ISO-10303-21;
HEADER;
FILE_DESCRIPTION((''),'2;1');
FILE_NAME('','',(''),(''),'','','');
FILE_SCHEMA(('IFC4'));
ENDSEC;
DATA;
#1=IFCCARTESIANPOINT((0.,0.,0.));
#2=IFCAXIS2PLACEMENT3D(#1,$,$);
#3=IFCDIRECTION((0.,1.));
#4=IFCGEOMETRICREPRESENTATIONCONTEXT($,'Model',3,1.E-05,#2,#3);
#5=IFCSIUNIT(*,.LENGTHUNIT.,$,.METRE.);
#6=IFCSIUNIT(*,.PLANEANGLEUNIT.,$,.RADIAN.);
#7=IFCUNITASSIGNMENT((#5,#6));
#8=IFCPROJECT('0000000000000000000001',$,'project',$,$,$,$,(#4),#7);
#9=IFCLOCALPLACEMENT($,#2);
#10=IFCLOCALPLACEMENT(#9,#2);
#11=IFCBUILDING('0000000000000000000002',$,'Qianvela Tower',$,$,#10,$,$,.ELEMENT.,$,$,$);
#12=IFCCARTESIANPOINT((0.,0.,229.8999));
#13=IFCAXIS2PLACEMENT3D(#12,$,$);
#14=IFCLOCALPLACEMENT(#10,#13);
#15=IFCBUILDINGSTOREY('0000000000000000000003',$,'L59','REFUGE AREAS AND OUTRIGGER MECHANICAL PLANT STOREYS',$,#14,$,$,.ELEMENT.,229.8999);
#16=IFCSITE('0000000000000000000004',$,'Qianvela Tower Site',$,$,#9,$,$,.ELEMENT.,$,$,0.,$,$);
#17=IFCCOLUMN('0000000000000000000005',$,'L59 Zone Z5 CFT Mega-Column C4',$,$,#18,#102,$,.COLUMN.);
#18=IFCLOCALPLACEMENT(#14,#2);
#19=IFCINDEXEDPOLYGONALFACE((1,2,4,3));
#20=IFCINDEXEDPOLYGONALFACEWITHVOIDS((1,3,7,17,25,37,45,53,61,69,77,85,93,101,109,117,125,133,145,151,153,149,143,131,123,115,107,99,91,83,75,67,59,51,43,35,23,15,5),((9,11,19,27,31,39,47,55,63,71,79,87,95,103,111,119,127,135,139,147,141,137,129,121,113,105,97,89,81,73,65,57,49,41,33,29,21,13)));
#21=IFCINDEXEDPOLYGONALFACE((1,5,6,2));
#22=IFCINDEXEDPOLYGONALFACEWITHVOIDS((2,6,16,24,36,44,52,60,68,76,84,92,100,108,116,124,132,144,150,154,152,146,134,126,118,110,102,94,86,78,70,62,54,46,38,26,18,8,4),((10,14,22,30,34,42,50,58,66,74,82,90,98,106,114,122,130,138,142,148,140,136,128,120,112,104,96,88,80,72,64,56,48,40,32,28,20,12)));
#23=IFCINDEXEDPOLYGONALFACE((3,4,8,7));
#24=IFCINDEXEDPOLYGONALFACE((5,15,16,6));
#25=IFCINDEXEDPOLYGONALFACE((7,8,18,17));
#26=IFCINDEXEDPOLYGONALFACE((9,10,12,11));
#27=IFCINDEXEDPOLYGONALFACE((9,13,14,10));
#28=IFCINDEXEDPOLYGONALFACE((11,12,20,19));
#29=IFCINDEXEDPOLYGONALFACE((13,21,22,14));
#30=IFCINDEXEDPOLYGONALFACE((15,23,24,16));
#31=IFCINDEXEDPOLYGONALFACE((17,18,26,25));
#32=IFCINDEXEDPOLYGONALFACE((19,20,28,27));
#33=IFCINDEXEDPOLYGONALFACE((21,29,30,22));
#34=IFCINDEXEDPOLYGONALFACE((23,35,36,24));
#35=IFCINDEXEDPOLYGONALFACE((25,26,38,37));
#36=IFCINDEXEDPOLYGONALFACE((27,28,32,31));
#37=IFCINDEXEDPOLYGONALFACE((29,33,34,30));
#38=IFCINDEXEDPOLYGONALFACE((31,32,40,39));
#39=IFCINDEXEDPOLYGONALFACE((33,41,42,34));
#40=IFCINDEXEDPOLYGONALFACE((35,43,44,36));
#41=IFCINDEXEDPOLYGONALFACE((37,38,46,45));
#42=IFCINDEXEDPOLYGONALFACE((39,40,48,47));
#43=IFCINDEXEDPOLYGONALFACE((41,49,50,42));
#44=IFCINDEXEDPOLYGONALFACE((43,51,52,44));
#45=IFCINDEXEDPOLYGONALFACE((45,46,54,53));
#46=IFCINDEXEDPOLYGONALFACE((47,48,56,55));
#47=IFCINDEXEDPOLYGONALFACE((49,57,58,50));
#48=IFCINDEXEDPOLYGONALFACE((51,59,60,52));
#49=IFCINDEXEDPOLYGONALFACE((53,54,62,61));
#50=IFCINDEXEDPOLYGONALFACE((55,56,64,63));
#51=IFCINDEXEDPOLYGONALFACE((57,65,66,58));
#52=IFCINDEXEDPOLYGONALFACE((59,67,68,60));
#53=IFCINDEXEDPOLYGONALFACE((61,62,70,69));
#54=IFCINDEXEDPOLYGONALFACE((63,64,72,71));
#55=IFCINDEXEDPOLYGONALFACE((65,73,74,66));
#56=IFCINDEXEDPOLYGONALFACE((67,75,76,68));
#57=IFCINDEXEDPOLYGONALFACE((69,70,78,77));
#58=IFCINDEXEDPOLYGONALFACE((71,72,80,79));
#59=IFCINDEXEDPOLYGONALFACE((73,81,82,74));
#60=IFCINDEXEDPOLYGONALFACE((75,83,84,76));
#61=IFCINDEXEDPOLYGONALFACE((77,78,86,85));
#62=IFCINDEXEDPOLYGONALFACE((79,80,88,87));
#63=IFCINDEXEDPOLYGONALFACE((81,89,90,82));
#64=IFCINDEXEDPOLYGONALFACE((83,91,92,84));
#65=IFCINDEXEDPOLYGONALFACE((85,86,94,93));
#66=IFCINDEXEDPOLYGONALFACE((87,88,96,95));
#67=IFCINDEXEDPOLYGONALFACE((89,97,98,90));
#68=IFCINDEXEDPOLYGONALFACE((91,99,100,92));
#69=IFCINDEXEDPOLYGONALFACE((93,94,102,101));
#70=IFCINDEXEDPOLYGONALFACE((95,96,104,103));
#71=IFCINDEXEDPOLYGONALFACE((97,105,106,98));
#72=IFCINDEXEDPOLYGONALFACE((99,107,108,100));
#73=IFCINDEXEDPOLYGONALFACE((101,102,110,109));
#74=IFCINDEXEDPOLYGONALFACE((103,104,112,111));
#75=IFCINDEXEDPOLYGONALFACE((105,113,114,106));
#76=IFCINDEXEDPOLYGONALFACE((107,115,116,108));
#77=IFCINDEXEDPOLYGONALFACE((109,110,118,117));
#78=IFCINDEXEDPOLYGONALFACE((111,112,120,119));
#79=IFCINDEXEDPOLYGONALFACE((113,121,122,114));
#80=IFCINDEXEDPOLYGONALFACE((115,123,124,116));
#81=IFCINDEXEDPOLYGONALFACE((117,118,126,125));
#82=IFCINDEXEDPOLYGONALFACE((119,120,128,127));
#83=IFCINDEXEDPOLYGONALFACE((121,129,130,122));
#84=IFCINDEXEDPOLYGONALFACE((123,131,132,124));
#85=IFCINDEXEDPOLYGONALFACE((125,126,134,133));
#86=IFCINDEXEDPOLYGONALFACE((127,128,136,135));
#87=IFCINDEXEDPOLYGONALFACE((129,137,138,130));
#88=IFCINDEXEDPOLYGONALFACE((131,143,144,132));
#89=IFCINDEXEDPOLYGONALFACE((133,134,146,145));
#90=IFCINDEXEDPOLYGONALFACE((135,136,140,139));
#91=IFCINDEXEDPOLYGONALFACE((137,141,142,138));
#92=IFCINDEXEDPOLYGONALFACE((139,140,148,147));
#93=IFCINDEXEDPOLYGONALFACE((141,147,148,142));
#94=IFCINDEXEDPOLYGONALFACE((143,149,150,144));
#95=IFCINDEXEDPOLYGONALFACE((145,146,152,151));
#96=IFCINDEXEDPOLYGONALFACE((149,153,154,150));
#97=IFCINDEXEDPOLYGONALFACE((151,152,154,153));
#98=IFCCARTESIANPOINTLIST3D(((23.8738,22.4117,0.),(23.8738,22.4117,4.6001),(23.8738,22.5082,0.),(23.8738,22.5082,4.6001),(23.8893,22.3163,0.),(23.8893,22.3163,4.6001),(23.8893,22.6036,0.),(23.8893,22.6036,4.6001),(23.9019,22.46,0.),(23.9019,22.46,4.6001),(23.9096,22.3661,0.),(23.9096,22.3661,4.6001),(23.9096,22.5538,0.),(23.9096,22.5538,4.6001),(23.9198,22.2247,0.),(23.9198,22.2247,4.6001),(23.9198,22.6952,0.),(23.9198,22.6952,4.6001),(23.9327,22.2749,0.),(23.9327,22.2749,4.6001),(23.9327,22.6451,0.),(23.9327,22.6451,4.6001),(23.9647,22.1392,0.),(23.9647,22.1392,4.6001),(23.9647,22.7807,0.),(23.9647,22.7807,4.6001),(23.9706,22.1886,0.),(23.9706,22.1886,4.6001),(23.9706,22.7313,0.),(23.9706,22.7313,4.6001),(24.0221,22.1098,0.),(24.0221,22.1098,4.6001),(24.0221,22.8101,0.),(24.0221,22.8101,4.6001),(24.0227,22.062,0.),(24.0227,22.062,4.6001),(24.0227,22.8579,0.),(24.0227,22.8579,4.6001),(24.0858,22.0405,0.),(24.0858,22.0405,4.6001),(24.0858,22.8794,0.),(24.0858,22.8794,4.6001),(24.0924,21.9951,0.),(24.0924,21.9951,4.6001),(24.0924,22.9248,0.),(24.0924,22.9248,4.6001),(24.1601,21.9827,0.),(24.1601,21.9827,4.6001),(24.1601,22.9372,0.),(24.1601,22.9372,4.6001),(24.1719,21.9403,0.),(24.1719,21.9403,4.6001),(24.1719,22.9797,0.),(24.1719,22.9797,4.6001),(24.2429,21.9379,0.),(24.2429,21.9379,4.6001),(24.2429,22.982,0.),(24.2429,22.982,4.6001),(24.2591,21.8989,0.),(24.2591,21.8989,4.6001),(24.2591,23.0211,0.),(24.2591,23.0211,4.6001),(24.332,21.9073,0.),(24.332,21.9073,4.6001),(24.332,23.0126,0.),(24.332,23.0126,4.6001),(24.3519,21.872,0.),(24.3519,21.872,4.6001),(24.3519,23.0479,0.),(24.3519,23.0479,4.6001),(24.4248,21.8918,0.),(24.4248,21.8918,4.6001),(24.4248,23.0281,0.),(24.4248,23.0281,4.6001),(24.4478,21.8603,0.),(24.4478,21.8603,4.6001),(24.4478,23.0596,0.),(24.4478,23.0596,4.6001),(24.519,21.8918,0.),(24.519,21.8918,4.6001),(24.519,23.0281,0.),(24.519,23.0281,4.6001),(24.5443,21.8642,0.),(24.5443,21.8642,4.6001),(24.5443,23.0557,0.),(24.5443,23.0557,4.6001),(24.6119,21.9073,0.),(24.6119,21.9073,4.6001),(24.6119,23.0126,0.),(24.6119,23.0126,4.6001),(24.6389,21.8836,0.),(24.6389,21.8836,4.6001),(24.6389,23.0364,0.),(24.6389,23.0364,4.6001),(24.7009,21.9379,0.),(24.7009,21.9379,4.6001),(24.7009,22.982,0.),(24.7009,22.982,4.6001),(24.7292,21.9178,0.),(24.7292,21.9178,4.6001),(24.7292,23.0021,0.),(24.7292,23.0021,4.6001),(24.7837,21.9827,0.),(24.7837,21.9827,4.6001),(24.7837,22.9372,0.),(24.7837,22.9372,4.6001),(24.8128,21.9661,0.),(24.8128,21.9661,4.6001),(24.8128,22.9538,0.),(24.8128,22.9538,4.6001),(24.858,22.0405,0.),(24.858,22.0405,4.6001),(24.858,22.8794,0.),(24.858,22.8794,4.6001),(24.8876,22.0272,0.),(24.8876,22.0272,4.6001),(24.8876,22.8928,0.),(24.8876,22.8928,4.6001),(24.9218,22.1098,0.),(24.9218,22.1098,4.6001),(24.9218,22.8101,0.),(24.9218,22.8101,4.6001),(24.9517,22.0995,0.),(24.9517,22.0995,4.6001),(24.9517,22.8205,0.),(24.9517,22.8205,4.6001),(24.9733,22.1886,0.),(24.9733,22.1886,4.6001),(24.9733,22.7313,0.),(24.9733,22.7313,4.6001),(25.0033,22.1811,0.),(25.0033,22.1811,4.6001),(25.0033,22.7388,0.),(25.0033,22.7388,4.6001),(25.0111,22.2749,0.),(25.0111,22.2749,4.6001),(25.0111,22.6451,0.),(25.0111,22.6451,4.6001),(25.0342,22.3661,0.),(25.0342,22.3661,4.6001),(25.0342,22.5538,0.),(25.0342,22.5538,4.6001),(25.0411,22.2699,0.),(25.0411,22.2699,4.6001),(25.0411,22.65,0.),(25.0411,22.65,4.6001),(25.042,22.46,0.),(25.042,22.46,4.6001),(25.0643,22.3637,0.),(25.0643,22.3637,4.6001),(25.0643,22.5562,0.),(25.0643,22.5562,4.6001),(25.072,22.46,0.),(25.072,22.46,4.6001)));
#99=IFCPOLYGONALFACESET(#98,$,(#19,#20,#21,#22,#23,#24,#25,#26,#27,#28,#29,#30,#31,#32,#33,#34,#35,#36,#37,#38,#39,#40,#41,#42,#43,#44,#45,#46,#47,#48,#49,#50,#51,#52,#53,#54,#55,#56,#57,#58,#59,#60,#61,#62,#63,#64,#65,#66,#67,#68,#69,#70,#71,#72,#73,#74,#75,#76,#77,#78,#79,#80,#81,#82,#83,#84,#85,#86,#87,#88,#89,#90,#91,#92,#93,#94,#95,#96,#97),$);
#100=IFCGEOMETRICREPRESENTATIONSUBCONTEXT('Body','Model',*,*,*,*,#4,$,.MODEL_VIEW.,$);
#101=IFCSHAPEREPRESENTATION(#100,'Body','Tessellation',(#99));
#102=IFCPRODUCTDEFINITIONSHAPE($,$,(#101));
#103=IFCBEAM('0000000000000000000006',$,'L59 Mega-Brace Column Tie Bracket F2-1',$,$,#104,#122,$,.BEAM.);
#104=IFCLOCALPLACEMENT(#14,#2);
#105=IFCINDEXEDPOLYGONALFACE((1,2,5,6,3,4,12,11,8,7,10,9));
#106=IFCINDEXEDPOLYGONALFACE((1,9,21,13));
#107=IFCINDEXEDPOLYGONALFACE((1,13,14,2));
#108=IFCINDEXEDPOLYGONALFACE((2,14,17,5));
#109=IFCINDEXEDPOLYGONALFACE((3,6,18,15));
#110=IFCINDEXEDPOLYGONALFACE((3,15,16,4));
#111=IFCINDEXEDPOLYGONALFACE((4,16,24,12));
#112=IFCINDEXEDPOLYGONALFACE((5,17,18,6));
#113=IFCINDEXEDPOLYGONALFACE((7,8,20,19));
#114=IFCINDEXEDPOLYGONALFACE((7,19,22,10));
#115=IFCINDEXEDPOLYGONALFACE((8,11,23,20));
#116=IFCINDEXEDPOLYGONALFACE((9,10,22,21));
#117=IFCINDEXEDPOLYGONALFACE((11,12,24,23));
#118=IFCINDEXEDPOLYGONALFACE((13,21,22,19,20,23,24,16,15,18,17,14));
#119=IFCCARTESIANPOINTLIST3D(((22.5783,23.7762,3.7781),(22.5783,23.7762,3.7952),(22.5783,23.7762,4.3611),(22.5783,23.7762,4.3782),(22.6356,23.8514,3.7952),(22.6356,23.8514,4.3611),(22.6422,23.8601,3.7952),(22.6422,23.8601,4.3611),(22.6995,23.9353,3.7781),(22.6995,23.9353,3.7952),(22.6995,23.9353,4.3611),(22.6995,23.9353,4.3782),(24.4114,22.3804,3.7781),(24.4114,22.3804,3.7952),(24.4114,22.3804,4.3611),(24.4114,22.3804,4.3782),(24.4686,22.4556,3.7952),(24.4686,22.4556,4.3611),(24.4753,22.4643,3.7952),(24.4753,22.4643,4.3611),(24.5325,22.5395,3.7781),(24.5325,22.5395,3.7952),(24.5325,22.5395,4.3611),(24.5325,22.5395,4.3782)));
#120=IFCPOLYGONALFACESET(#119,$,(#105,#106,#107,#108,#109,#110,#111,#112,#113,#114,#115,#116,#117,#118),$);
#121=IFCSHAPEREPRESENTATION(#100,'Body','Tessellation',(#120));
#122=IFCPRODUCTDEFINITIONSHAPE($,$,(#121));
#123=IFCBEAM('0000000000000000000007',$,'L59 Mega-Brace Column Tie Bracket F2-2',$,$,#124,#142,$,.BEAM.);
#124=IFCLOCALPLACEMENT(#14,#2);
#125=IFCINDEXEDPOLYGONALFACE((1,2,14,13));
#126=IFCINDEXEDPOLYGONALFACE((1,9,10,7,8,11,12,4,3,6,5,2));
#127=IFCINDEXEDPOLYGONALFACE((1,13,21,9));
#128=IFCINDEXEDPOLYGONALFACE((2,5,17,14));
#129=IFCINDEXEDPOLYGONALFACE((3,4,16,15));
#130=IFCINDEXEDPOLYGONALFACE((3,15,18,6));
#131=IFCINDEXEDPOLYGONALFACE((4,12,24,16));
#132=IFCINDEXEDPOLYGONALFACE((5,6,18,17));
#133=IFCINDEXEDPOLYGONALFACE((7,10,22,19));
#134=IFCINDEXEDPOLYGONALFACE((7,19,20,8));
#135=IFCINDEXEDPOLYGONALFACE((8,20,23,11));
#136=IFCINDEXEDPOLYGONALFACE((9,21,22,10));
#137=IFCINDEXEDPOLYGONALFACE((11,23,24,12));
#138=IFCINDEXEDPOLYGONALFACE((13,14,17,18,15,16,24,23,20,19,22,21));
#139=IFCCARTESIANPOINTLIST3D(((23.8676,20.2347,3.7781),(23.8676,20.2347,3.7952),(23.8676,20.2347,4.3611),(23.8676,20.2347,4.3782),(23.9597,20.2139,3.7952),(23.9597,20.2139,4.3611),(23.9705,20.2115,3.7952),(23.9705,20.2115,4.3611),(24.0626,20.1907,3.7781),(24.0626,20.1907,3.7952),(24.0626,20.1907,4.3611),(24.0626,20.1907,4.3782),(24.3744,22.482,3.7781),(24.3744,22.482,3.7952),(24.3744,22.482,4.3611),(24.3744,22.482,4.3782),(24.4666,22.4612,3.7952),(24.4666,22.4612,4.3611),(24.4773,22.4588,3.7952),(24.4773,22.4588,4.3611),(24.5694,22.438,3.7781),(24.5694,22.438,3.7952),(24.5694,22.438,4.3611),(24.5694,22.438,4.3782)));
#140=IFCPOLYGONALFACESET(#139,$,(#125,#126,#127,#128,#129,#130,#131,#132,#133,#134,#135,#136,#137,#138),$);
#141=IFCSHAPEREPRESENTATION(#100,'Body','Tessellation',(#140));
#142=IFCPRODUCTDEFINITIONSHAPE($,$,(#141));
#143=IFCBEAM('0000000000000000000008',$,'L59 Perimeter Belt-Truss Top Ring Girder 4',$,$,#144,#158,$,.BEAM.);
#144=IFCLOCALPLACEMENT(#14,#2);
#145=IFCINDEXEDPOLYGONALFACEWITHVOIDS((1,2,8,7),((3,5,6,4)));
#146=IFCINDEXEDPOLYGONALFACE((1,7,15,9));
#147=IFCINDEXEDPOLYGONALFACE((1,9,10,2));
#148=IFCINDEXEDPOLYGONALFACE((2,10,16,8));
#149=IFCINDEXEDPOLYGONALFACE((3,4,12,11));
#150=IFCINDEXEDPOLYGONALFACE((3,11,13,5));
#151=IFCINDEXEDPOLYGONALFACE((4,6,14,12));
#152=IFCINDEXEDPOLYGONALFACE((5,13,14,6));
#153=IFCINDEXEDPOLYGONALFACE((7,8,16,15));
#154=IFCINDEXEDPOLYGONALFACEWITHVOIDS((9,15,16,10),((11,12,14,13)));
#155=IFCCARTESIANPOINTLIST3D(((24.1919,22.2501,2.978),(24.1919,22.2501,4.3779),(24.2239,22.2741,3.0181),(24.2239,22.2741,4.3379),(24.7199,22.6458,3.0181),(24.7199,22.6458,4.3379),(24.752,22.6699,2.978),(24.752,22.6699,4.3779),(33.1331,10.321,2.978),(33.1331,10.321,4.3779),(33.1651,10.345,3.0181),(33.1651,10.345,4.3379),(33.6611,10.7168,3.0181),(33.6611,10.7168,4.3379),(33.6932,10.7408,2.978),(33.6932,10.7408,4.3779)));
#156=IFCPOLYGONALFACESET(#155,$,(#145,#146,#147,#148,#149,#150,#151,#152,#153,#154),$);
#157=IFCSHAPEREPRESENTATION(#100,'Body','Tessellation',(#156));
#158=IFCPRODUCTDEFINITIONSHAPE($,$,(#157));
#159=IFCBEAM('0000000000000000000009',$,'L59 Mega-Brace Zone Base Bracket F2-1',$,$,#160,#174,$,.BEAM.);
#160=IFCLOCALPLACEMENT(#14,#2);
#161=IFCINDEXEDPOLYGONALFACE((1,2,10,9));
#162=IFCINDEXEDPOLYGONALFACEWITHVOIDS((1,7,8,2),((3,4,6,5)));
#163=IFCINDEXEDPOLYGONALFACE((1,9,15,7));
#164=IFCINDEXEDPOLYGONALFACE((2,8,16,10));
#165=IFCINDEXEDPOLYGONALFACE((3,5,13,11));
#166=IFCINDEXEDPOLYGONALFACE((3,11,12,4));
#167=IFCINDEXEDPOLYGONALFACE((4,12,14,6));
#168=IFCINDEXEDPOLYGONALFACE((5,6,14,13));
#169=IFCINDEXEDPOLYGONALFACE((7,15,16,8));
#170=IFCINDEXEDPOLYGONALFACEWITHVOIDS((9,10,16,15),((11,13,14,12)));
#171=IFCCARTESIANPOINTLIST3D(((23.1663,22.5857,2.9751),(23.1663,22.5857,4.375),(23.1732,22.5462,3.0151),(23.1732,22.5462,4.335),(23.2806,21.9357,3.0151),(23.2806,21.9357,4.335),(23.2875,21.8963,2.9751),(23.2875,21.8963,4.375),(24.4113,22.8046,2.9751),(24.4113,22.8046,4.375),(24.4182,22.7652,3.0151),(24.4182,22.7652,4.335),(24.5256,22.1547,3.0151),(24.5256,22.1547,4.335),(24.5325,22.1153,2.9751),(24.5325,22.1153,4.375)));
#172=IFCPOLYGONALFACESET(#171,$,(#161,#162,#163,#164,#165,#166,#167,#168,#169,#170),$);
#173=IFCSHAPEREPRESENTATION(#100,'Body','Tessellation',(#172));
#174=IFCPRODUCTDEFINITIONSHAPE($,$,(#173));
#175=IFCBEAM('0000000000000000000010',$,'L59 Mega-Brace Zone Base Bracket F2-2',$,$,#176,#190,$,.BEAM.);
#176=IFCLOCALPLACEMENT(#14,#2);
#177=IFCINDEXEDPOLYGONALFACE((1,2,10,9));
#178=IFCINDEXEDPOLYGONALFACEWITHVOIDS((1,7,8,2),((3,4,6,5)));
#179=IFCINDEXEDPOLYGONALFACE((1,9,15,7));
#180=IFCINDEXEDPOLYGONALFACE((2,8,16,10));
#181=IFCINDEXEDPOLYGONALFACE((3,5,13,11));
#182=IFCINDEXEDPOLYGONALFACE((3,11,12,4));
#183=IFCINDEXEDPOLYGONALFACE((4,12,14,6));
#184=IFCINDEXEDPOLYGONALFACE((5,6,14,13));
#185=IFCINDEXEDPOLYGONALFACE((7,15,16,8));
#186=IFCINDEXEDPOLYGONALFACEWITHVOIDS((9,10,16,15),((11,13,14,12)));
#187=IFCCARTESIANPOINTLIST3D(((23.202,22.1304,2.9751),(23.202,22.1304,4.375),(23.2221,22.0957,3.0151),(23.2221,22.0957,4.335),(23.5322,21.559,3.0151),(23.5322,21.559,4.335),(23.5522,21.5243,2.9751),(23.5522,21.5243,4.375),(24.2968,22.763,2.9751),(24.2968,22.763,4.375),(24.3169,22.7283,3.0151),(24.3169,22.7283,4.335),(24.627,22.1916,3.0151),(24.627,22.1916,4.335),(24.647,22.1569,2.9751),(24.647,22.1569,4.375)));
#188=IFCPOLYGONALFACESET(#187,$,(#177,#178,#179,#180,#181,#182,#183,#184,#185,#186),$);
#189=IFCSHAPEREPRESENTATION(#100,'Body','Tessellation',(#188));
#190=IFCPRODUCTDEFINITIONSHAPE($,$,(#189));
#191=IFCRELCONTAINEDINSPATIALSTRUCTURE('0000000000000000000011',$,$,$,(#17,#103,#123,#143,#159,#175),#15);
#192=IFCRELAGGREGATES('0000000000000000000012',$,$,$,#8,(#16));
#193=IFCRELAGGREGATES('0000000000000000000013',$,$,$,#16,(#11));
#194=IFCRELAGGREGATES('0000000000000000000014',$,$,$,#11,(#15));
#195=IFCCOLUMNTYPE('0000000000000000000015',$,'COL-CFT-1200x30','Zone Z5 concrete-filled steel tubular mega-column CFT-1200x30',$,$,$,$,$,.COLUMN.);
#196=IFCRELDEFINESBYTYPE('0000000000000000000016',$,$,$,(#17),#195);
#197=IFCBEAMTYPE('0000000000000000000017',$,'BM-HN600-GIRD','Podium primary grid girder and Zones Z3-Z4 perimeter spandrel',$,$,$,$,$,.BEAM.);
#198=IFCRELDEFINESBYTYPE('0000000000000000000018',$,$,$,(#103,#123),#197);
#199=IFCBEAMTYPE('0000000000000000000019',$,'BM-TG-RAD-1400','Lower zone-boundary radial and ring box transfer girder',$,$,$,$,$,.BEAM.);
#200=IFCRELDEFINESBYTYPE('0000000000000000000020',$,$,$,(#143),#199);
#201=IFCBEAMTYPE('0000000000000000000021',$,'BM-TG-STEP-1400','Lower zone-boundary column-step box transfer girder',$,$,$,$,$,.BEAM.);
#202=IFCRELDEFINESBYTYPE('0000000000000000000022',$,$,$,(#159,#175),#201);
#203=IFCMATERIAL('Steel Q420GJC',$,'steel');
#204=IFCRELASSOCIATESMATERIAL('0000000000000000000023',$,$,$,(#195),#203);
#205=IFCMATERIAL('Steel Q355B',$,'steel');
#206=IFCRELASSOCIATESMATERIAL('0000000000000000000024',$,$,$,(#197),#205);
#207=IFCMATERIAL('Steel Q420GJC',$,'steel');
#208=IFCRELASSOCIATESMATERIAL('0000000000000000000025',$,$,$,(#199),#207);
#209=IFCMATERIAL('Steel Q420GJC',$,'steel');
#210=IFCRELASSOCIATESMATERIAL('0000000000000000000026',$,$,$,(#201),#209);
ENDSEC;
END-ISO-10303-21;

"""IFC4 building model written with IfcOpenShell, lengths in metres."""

from ifc_helpers import new_model, si_unit, direction, frame, origin, origin_2d, place, context, subcontext, project, spatial, hollow_rectangle, hollow_circle, i_section, extrude, material, material_profile, profile_set, type_object, element, save


model = new_model("IFC4")

# Units and contexts
model_context = context("Model", 3, precision=1e-05, world=origin(), true_north=direction((0.0, 1.0)))
body_context = subcontext(model_context, "Body", "Model", "MODEL_VIEW")
ifc_project = project(units=[si_unit("LENGTHUNIT", "METRE"), si_unit("PLANEANGLEUNIT", "RADIAN")], contexts=[model_context])

# Site, building, storey
site_placement = place(None, origin())
site = spatial("IfcSite", under=ifc_project, at=site_placement, Name="Qianvela Tower Site", CompositionType="ELEMENT", RefElevation=0.0)
building_placement = place(site_placement, origin())
building = spatial("IfcBuilding", under=site, at=building_placement, Name="Qianvela Tower", CompositionType="ELEMENT")
storey_placement = place(building_placement, frame((0.0, 0.0, 229.8999)))
storey = spatial("IfcBuildingStorey", under=building, at=storey_placement, Name="L59", Description="REFUGE AREAS AND OUTRIGGER MECHANICAL PLANT STOREYS", CompositionType="ELEMENT", Elevation=229.8999)

# Column
ifc_material_1 = material(Name="Steel Q420GJC", Category="steel")
ifc_material_profile_1 = material_profile(ifc_material_1, hollow_circle(Radius=0.6001, WallThickness=0.03, at=origin_2d()), Name="CFT-1200x30")
ifc_profile_set_1 = profile_set([ifc_material_profile_1], Name="Steel Q420GJC")
column_type = type_object("IfcColumnType", Name="COL-CFT-1200x30", Description="Zone Z5 concrete-filled steel tubular mega-column CFT-1200x30", PredefinedType="COLUMN", material=ifc_profile_set_1)
column_placement = place(storey_placement, frame((24.4719, 22.46, 0.0), z_axis=(0.0, 0.0, 1.0), x_axis=(1.0, 0.0, 0.0)))
element("IfcColumn", 1, at=column_placement, inside=storey, type_object=column_type, Name="L59 Zone Z5 CFT Mega-Column C4", PredefinedType="COLUMN", context=body_context, shape_type="SweptSolid", body=[
    extrude(hollow_circle(Radius=0.6001, WallThickness=0.03, at=origin_2d()), origin(), (0.0, 0.0, 1.0), 4.6001),
])

# Beams
ifc_material_2 = material(Name="Steel Q355B", Category="steel")
ifc_material_profile_2 = material_profile(ifc_material_2, i_section(OverallWidth=0.2, OverallDepth=0.6001, WebThickness=0.011, FlangeThickness=0.0171, at=origin_2d()), Name="HN600x200x11x17")
ifc_profile_set_2 = profile_set([ifc_material_profile_2], Name="Steel Q355B")
beam_type_1 = type_object("IfcBeamType", Name="BM-HN600-GIRD", Description="Podium primary grid girder and Zones Z3-Z4 perimeter spandrel", PredefinedType="BEAM", material=ifc_profile_set_2)
beam_1_placement = place(storey_placement, frame((24.4719, 22.46, 4.0781), z_axis=(-0.795604, 0.605817, 0.0), x_axis=(-0.605817, -0.795604, 0.0)))
element("IfcBeam", 2, at=beam_1_placement, inside=storey, type_object=beam_type_1, Name="L59 Mega-Brace Column Tie Bracket F2-1", PredefinedType="BEAM", context=body_context, shape_type="SweptSolid", body=[
    extrude(i_section(OverallWidth=0.2, OverallDepth=0.6001, WebThickness=0.011, FlangeThickness=0.0171, at=origin_2d()), origin(), (0.0, 0.0, 1.0), 2.304),
])
beam_2_placement = place(storey_placement, frame((24.4719, 22.46, 4.0781), z_axis=(-0.220004, -0.975499, 0.0), x_axis=(0.975499, -0.220004, 0.0)))
element("IfcBeam", 3, at=beam_2_placement, inside=storey, type_object=beam_type_1, Name="L59 Mega-Brace Column Tie Bracket F2-2", PredefinedType="BEAM", context=body_context, shape_type="SweptSolid", body=[
    extrude(i_section(OverallWidth=0.2, OverallDepth=0.6001, WebThickness=0.011, FlangeThickness=0.0171, at=origin_2d()), origin(), (0.0, 0.0, 1.0), 2.3037),
])
ifc_material_3 = material(Name="Steel Q420GJC", Category="steel")
ifc_material_profile_3 = material_profile(ifc_material_3, hollow_rectangle(XDim=0.7, YDim=1.3999, WallThickness=0.04, at=origin_2d()), Name="TG-BOX-1400x700x40")
ifc_profile_set_3 = profile_set([ifc_material_profile_3], Name="Steel Q420GJC")
beam_type_2 = type_object("IfcBeamType", Name="BM-TG-RAD-1400", Description="Lower zone-boundary radial and ring box transfer girder", PredefinedType="BEAM", material=ifc_profile_set_3)
beam_3_placement = place(storey_placement, frame((24.4719, 22.46, 3.678), z_axis=(0.599762, -0.800179, 0.0), x_axis=(0.800179, 0.599762, 0.0)))
element("IfcBeam", 4, at=beam_3_placement, inside=storey, type_object=beam_type_2, Name="L59 Perimeter Belt-Truss Top Ring Girder 4", PredefinedType="BEAM", context=body_context, shape_type="SweptSolid", body=[
    extrude(hollow_rectangle(XDim=0.7, YDim=1.3999, WallThickness=0.04, at=origin_2d()), origin(), (0.0, 0.0, 1.0), 14.908),
])
ifc_material_4 = material(Name="Steel Q420GJC", Category="steel")
ifc_material_profile_4 = material_profile(ifc_material_4, hollow_rectangle(XDim=0.7, YDim=1.3999, WallThickness=0.04, at=origin_2d()), Name="TG-BOX-1400x700x40")
ifc_profile_set_4 = profile_set([ifc_material_profile_4], Name="Steel Q420GJC")
beam_type_3 = type_object("IfcBeamType", Name="BM-TG-STEP-1400", Description="Lower zone-boundary column-step box transfer girder", PredefinedType="BEAM", material=ifc_profile_set_4)
beam_4_placement = place(storey_placement, frame((24.4719, 22.46, 3.675), z_axis=(-0.984883, -0.173223, 0.0), x_axis=(0.173223, -0.984883, 0.0)))
element("IfcBeam", 5, at=beam_4_placement, inside=storey, type_object=beam_type_3, Name="L59 Mega-Brace Zone Base Bracket F2-1", PredefinedType="BEAM", context=body_context, shape_type="SweptSolid", body=[
    extrude(hollow_rectangle(XDim=0.7, YDim=1.3999, WallThickness=0.04, at=origin_2d()), origin(), (0.0, 0.0, 1.0), 1.2642),
])
beam_5_placement = place(storey_placement, frame((24.4719, 22.46, 3.675), z_axis=(-0.865845, -0.500313, 0.0), x_axis=(0.500313, -0.865845, 0.0)))
element("IfcBeam", 6, at=beam_5_placement, inside=storey, type_object=beam_type_3, Name="L59 Mega-Brace Zone Base Bracket F2-2", PredefinedType="BEAM", context=body_context, shape_type="SweptSolid", body=[
    extrude(hollow_rectangle(XDim=0.7, YDim=1.3999, WallThickness=0.04, at=origin_2d()), origin(), (0.0, 0.0, 1.0), 1.2644),
])

save(model, "model.ifc")
